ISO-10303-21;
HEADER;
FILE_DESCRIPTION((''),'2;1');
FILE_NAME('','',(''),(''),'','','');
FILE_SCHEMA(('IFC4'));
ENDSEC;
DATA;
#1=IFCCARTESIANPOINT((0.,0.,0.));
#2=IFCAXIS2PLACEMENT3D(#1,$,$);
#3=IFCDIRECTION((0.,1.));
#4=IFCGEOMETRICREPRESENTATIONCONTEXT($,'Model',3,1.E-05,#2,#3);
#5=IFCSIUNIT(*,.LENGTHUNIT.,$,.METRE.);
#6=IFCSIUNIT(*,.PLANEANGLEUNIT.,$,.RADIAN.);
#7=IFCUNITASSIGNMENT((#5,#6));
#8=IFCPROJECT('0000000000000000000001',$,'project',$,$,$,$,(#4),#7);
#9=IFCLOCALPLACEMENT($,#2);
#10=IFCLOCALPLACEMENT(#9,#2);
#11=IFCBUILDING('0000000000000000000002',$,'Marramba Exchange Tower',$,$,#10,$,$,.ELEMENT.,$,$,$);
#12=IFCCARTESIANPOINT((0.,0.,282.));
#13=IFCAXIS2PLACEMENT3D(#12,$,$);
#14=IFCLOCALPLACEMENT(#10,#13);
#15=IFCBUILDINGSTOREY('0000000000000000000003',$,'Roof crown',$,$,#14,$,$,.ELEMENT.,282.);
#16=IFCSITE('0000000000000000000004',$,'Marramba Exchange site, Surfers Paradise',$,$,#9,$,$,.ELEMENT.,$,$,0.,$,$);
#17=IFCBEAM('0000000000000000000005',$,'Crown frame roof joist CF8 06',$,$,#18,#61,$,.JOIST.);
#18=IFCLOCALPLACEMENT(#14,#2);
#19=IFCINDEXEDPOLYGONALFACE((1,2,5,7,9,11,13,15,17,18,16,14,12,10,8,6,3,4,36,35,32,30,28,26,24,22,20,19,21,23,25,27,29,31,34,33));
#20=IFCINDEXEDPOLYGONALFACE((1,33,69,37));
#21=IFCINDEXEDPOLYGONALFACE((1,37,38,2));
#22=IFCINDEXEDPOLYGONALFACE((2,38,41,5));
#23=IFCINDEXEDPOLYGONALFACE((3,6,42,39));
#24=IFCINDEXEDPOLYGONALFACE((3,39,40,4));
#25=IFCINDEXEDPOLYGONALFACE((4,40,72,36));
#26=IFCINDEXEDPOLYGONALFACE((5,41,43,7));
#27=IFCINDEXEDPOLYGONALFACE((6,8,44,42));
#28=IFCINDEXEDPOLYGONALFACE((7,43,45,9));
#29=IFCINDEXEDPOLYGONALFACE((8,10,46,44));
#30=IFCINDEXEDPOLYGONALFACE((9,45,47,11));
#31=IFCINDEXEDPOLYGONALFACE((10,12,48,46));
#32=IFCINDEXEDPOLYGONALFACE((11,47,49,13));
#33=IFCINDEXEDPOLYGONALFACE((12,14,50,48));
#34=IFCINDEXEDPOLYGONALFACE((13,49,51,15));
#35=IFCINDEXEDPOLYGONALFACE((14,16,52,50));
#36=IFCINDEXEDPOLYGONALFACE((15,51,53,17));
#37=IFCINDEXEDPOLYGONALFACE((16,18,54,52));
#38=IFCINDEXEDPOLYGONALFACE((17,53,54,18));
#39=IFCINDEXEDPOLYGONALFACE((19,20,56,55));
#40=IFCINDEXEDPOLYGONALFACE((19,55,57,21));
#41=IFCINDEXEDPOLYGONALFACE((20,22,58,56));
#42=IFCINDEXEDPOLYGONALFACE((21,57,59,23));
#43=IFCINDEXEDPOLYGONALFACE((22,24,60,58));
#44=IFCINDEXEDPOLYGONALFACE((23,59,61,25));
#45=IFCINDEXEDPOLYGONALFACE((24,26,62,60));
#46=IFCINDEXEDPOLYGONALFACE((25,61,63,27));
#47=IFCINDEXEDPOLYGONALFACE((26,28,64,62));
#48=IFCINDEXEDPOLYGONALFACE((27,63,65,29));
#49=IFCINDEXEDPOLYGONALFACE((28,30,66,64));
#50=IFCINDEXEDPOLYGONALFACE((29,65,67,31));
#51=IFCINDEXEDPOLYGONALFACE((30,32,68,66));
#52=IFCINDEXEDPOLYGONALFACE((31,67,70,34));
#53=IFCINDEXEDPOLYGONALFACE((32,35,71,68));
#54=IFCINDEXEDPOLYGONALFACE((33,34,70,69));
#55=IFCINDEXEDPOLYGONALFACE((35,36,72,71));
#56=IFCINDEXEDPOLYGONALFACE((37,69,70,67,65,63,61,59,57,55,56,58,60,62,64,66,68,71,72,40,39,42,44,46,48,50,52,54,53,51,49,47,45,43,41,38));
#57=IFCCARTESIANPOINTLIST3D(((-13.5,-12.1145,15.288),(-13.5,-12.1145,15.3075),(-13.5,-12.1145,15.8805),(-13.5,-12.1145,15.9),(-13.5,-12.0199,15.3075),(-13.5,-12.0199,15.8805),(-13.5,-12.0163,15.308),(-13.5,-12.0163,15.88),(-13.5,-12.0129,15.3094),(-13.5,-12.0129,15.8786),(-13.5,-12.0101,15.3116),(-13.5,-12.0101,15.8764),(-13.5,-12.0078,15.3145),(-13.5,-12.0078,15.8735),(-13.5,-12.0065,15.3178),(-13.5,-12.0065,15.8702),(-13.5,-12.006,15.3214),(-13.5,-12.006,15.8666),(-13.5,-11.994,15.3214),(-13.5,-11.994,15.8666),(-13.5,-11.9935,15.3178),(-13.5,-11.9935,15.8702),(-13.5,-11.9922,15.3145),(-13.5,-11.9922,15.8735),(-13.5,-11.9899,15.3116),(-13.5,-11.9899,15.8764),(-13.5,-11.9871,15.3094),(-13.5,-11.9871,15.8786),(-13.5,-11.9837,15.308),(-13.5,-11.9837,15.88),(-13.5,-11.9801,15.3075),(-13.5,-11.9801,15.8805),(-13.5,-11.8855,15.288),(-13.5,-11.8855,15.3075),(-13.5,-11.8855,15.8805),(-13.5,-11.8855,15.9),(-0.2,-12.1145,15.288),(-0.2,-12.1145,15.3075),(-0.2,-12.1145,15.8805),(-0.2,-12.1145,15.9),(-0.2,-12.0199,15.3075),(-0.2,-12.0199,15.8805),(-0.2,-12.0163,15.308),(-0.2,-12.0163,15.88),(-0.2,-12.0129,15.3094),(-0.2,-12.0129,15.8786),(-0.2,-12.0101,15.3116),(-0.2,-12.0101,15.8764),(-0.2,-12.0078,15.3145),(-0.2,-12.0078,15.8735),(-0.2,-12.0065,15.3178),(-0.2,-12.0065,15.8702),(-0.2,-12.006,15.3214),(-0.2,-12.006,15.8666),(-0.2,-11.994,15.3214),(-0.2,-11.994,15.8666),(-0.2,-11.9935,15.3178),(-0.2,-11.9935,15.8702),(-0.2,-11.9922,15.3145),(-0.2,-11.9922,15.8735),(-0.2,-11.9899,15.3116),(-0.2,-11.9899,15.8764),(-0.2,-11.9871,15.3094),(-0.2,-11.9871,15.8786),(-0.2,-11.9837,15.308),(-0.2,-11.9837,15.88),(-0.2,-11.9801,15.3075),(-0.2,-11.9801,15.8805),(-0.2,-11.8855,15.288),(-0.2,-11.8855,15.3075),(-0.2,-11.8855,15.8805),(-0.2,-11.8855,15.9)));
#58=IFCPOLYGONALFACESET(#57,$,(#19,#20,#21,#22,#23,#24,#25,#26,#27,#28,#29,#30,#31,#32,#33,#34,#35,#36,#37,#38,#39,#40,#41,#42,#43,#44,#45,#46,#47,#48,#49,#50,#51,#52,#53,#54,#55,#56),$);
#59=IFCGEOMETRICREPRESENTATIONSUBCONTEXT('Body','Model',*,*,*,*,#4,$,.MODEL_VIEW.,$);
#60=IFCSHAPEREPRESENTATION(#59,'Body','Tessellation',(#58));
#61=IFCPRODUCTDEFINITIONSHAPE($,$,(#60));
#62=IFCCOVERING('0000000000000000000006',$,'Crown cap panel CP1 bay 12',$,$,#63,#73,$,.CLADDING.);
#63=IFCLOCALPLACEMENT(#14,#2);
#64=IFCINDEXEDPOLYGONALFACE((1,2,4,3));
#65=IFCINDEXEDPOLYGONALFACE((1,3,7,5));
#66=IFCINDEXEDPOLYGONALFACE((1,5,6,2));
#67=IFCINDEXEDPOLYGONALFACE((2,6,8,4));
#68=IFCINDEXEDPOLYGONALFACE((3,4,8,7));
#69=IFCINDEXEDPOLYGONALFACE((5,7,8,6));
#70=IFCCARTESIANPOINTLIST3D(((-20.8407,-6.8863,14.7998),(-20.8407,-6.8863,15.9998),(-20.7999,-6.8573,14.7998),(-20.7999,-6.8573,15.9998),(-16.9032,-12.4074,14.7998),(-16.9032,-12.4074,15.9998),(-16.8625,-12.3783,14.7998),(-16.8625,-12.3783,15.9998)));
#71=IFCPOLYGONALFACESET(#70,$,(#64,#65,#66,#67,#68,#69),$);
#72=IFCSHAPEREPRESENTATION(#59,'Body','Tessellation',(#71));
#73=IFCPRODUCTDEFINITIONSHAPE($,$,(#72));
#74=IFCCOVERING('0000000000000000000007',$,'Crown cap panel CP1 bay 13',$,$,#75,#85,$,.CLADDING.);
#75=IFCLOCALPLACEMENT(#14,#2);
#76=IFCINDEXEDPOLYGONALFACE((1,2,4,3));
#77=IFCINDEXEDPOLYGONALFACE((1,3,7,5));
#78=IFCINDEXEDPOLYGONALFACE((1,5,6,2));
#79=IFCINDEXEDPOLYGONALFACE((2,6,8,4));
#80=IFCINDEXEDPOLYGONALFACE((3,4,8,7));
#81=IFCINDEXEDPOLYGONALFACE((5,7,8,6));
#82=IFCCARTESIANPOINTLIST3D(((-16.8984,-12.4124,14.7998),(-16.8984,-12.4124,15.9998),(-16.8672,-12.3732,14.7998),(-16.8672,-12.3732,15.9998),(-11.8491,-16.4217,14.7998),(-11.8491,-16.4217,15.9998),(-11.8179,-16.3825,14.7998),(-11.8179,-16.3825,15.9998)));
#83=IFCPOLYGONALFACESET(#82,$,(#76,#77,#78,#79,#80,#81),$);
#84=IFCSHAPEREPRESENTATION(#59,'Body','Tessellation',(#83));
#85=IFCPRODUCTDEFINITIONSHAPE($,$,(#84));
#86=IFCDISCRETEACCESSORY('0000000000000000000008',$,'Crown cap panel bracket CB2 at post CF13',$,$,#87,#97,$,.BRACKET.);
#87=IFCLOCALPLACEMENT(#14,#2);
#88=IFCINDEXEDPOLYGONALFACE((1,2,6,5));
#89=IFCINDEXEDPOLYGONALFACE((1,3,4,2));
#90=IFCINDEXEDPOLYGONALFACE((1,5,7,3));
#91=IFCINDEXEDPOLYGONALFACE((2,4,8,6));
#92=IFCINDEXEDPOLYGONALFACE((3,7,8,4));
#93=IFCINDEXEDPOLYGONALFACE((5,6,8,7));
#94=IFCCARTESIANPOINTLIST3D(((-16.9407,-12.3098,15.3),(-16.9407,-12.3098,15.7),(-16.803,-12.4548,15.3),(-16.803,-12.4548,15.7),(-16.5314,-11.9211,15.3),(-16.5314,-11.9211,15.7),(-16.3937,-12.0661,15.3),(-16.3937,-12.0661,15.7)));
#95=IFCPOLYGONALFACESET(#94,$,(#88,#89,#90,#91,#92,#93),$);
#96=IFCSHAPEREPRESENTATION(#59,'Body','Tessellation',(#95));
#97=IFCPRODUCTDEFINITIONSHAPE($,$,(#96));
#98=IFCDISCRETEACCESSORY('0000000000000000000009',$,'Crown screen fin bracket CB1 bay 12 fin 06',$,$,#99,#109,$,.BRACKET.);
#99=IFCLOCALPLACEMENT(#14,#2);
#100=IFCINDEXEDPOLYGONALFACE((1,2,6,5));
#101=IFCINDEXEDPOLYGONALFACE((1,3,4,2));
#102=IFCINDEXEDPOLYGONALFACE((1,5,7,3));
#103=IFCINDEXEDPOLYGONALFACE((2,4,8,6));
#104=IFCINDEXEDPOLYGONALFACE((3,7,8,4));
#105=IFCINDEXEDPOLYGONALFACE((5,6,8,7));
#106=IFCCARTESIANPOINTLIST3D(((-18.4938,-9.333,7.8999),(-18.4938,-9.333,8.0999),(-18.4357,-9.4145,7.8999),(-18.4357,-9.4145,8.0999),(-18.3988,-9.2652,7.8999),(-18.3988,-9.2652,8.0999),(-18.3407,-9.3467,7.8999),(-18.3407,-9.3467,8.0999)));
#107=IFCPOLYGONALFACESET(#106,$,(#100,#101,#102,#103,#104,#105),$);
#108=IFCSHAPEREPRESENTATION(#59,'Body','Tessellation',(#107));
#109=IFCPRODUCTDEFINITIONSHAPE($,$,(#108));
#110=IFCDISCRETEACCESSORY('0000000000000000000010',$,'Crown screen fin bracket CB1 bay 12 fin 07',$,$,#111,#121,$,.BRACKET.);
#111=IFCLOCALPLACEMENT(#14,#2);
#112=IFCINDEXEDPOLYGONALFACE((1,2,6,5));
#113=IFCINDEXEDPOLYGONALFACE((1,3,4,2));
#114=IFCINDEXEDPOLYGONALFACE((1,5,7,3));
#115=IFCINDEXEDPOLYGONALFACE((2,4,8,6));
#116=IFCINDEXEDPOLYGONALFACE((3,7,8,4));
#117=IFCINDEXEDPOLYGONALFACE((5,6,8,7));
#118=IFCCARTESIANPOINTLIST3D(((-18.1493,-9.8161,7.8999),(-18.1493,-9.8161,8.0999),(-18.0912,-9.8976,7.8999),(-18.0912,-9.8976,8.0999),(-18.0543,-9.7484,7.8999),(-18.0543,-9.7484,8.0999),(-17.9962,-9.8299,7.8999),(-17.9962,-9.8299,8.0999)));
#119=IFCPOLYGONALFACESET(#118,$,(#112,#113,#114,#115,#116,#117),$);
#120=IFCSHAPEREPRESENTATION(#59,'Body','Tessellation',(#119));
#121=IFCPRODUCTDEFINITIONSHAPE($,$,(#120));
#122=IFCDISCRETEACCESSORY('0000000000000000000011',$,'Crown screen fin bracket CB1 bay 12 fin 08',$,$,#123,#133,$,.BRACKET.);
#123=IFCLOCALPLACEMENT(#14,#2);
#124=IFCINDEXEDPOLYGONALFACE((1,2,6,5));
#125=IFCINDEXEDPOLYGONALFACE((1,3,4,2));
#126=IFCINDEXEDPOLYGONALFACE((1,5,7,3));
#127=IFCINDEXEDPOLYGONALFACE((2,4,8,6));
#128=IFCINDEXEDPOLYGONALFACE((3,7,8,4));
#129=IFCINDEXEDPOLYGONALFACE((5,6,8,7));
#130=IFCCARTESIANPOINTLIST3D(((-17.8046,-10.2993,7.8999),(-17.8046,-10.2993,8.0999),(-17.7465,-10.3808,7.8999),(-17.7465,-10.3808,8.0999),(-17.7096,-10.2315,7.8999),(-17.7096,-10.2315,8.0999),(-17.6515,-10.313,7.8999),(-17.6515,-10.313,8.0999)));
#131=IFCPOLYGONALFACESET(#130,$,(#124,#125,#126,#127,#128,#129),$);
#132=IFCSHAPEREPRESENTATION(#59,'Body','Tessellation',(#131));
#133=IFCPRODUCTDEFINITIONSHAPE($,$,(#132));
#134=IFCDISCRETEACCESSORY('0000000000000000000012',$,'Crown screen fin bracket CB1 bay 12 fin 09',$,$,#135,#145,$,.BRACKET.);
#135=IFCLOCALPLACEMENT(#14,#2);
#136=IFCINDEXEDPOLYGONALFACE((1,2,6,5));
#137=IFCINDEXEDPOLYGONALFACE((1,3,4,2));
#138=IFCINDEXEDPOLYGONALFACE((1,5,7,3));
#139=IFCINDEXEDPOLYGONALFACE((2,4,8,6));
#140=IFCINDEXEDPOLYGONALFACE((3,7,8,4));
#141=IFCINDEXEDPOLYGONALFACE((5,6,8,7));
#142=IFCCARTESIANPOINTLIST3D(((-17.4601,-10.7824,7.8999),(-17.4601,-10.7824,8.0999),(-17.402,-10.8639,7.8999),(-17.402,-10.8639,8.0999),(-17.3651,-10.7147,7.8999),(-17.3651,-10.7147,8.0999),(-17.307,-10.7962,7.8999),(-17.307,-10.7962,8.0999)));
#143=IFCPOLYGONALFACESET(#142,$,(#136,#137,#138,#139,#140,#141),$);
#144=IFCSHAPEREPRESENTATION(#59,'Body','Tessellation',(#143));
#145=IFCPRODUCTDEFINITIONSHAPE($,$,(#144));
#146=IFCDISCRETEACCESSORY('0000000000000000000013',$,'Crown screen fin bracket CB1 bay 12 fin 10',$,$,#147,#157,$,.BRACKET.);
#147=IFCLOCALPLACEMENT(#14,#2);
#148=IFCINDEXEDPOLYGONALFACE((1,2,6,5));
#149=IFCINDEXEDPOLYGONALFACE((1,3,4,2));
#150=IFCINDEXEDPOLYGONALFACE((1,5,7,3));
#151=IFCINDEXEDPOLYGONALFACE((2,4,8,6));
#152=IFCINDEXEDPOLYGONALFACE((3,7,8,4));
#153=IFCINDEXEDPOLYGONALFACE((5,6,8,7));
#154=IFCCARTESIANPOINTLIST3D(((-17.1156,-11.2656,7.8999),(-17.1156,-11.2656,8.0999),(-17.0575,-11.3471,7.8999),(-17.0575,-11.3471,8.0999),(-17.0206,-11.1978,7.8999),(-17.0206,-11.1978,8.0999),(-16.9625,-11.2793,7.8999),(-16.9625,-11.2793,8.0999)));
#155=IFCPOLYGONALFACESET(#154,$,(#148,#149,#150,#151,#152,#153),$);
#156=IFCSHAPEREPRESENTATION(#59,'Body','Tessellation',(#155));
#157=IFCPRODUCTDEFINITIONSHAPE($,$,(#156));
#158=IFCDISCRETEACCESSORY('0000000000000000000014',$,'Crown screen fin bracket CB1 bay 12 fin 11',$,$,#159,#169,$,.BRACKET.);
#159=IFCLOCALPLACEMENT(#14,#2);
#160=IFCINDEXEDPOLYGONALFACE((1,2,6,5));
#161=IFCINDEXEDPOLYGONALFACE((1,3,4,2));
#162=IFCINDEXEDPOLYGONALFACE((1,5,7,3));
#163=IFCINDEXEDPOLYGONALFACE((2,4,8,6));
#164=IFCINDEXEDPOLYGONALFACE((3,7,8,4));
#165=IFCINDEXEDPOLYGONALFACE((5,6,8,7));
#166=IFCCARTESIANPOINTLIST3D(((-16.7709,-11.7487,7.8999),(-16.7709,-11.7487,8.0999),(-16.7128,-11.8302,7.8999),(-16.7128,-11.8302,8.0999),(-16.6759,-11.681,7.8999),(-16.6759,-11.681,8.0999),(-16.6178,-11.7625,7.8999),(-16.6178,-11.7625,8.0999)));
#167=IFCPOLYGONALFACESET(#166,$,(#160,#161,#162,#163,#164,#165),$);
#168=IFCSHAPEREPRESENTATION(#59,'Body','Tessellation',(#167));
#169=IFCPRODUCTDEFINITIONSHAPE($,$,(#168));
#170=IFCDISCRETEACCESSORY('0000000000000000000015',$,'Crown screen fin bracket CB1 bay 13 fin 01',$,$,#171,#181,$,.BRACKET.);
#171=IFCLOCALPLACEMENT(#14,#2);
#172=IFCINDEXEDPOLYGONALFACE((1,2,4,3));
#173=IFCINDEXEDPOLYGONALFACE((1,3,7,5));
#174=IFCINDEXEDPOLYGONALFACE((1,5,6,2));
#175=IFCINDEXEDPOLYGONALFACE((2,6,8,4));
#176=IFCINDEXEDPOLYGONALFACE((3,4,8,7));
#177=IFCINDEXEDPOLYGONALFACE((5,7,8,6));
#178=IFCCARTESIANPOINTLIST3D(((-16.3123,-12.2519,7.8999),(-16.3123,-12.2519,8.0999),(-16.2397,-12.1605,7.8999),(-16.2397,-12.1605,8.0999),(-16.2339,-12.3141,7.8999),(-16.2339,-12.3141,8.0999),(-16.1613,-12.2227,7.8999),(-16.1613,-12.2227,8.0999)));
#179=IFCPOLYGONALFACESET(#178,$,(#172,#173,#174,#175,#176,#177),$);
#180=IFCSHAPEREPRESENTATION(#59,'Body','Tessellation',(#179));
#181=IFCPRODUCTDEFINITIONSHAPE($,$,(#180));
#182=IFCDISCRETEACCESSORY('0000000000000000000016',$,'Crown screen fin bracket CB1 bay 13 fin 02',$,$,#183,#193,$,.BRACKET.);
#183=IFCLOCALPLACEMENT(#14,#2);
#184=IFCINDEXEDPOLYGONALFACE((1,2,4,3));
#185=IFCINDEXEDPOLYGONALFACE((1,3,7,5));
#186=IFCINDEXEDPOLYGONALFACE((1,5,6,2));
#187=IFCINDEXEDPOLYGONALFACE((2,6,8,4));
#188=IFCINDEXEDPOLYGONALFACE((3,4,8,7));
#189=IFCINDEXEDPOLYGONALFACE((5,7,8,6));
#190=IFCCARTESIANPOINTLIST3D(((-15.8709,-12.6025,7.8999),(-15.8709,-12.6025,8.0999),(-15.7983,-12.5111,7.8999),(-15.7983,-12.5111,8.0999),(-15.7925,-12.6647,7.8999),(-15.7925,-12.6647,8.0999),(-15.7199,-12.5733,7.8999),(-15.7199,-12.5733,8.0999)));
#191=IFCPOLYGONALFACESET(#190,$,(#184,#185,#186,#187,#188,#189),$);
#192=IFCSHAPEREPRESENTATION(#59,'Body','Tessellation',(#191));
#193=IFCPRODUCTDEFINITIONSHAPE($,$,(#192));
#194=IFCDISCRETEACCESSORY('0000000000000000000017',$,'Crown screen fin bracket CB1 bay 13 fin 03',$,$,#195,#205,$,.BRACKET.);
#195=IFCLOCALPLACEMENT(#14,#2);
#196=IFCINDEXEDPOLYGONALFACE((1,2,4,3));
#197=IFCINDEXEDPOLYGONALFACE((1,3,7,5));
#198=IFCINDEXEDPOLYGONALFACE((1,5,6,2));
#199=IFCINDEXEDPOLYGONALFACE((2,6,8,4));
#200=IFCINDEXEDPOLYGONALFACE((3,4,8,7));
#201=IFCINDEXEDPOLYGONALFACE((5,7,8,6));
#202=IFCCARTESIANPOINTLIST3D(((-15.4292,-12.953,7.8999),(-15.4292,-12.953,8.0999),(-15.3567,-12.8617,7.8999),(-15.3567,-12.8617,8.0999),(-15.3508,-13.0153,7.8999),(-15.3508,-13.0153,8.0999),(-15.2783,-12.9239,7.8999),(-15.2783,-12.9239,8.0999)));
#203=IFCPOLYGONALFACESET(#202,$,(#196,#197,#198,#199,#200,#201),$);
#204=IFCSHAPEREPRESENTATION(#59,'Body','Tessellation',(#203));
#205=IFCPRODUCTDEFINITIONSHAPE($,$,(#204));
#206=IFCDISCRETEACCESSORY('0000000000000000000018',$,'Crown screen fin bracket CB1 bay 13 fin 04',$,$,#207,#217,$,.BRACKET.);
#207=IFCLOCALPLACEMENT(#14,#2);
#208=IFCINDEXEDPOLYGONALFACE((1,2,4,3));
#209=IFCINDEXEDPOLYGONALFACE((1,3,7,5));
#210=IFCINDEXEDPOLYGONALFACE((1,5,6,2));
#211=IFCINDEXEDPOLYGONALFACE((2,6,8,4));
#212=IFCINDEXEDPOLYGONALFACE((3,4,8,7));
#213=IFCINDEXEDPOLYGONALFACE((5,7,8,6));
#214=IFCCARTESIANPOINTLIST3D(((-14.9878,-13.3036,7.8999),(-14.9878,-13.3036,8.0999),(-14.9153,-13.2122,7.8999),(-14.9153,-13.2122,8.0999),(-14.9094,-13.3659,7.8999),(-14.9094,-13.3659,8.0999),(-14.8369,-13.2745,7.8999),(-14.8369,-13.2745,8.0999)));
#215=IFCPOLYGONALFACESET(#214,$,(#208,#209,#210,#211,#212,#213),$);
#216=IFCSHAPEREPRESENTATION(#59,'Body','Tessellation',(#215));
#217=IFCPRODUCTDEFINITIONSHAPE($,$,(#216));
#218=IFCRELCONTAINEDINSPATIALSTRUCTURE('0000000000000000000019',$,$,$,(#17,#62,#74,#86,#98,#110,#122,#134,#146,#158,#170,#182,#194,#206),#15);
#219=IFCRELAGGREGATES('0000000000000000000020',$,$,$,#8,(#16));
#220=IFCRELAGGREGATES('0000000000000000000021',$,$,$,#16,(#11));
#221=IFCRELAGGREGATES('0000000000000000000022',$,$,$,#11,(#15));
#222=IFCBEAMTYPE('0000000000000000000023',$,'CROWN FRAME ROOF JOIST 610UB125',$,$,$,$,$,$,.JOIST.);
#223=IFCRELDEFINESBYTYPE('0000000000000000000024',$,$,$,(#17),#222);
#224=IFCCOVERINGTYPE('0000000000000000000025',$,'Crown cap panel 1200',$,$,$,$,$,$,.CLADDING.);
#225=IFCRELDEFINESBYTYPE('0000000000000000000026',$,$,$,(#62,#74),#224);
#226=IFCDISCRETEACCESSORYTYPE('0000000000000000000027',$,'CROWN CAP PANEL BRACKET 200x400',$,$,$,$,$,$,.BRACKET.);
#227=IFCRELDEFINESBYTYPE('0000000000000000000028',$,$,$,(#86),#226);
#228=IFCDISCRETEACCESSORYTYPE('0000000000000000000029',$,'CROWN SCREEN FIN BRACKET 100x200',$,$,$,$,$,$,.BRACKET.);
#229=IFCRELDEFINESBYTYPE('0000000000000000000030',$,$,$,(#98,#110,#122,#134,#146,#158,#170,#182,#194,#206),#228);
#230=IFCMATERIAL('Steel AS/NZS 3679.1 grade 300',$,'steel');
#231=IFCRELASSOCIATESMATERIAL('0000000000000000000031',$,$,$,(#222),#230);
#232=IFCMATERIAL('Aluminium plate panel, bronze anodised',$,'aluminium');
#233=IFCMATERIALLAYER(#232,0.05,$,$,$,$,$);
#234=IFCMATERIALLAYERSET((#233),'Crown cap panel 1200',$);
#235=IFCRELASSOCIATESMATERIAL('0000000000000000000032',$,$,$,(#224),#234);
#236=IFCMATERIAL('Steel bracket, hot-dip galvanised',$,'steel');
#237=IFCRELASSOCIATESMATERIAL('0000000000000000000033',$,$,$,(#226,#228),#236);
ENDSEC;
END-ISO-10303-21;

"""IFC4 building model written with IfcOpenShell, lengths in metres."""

from ifc_helpers import new_model, si_unit, direction, frame, origin, origin_2d, place, context, subcontext, project, spatial, rectangle, i_section, extrude, material, layer, layer_set, material_profile, profile_set, type_object, element, save


model = new_model("IFC4")

# Units and contexts
model_context = context("Model", 3, precision=1e-05, world=origin(), true_north=direction((0.0, 1.0)))
body_context = subcontext(model_context, "Body", "Model", "MODEL_VIEW")
ifc_project = project(units=[si_unit("LENGTHUNIT", "METRE"), si_unit("PLANEANGLEUNIT", "RADIAN")], contexts=[model_context])

# Site, building, storey
site_placement = place(None, origin())
site = spatial("IfcSite", under=ifc_project, at=site_placement, Name="Marramba Exchange site, Surfers Paradise", CompositionType="ELEMENT", RefElevation=0.0)
building_placement = place(site_placement, origin())
building = spatial("IfcBuilding", under=site, at=building_placement, Name="Marramba Exchange Tower", CompositionType="ELEMENT")
storey_placement = place(building_placement, frame((0.0, 0.0, 282.0)))
storey = spatial("IfcBuildingStorey", under=building, at=storey_placement, Name="Roof crown", CompositionType="ELEMENT", Elevation=282.0)

# Beam
ifc_material_1 = material(Name="Steel AS/NZS 3679.1 grade 300", Category="steel")
ifc_material_profile_1 = material_profile(ifc_material_1, i_section(OverallWidth=0.229, OverallDepth=0.6121, WebThickness=0.012, FlangeThickness=0.0195, FilletRadius=0.0139, at=origin_2d()), Name="610UB125")
ifc_profile_set_1 = profile_set([ifc_material_profile_1], Name="Steel AS/NZS 3679.1 grade 300")
beam_type_1 = type_object("IfcBeamType", Name="CROWN FRAME ROOF JOIST 610UB125", PredefinedType="JOIST", material=ifc_profile_set_1)
beam_1_placement = place(storey_placement, frame((-13.5, -12.0, 15.594), z_axis=(1.0, 0.0, 0.0), x_axis=(0.0, 1.0, 0.0)))
element("IfcBeam", 1, at=beam_1_placement, inside=storey, type_object=beam_type_1, Name="Crown frame roof joist CF8 06", PredefinedType="JOIST", context=body_context, shape_type="SweptSolid", body=[
    extrude(i_section(OverallWidth=0.229, OverallDepth=0.6121, WebThickness=0.012, FlangeThickness=0.0195, FilletRadius=0.0139, at=origin_2d()), origin(), (0.0, 0.0, 1.0), 13.3),
])

# Coverings
ifc_material_2 = material(Name="Aluminium plate panel, bronze anodised", Category="aluminium")
ifc_layer = layer(ifc_material_2, 0.05)
ifc_layer_set = layer_set([ifc_layer], Name="Crown cap panel 1200")
covering_type = type_object("IfcCoveringType", Name="Crown cap panel 1200", PredefinedType="CLADDING", material=ifc_layer_set)
covering_1_placement = place(storey_placement, frame((-18.8516, -9.6323, 14.7998), z_axis=(0.0, 0.0, 1.0), x_axis=(0.58064, -0.81416, 0.0)))
element("IfcCovering", 2, at=covering_1_placement, inside=storey, type_object=covering_type, Name="Crown cap panel CP1 bay 12", PredefinedType="CLADDING", context=body_context, shape_type="SweptSolid", body=[
    extrude(rectangle(XDim=6.7812, YDim=0.05, at=origin_2d()), origin(), (0.0, 0.0, 1.0), 1.2),
])
covering_2_placement = place(storey_placement, frame((-14.3582, -14.3975, 14.7998), z_axis=(0.0, 0.0, 1.0), x_axis=(0.78314, -0.621845, 0.0)))
element("IfcCovering", 3, at=covering_2_placement, inside=storey, type_object=covering_type, Name="Crown cap panel CP1 bay 13", PredefinedType="CLADDING", context=body_context, shape_type="SweptSolid", body=[
    extrude(rectangle(XDim=6.4475, YDim=0.05, at=origin_2d()), origin(), (0.0, 0.0, 1.0), 1.2),
])

# Discrete accessories
ifc_material_3 = material(Name="Steel bracket, hot-dip galvanised", Category="steel")
discrete_accessory_type_1 = type_object("IfcDiscreteAccessoryType", Name="CROWN CAP PANEL BRACKET 200x400", PredefinedType="BRACKET", material=ifc_material_3)
discrete_accessory_placement = place(storey_placement, frame((-16.6672, -12.188, 15.3), z_axis=(0.0, 0.0, 1.0), x_axis=(-0.725106, -0.688637, 0.0)))
element("IfcDiscreteAccessory", 4, at=discrete_accessory_placement, inside=storey, type_object=discrete_accessory_type_1, Name="Crown cap panel bracket CB2 at post CF13", PredefinedType="BRACKET", context=body_context, shape_type="SweptSolid", body=[
    extrude(rectangle(XDim=0.5645, YDim=0.2, at=origin_2d()), origin(), (0.0, 0.0, 1.0), 0.3999),
])
discrete_accessory_type_2 = type_object("IfcDiscreteAccessoryType", Name="CROWN SCREEN FIN BRACKET 100x200", PredefinedType="BRACKET", material=ifc_material_3)
for number, where, z_axis, x_axis, name in (
    (5, (-18.4172, -9.3398, 7.8999), (0.0, 0.0, 1.0), (0.58064, -0.81416, 0.0), "Crown screen fin bracket CB1 bay 12 fin 06"),
    (6, (-18.0728, -9.823, 7.8999), (0.0, 0.0, 1.0), (0.58064, -0.81416, 0.0), "Crown screen fin bracket CB1 bay 12 fin 07"),
    (7, (-17.728, -10.3062, 7.8999), (0.0, 0.0, 1.0), (0.58064, -0.81416, 0.0), "Crown screen fin bracket CB1 bay 12 fin 08"),
    (8, (-17.3835, -10.7893, 7.8999), (0.0, 0.0, 1.0), (0.58064, -0.81416, 0.0), "Crown screen fin bracket CB1 bay 12 fin 09"),
    (9, (-17.0391, -11.2725, 7.8999), (0.0, 0.0, 1.0), (0.58064, -0.81416, 0.0), "Crown screen fin bracket CB1 bay 12 fin 10"),
    (10, (-16.6943, -11.7556, 7.8999), (0.0, 0.0, 1.0), (0.58064, -0.81416, 0.0), "Crown screen fin bracket CB1 bay 12 fin 11"),
    (11, (-16.2368, -12.2373, 7.8999), (0.0, 0.0, 1.0), (0.78314, -0.621845, 0.0), "Crown screen fin bracket CB1 bay 13 fin 01"),
    (12, (-15.7954, -12.5879, 7.8999), (0.0, 0.0, 1.0), (0.78314, -0.621845, 0.0), "Crown screen fin bracket CB1 bay 13 fin 02"),
    (13, (-15.3538, -12.9385, 7.8999), (0.0, 0.0, 1.0), (0.78314, -0.621845, 0.0), "Crown screen fin bracket CB1 bay 13 fin 03"),
    (14, (-14.9124, -13.2891, 7.8999), (0.0, 0.0, 1.0), (0.78314, -0.621845, 0.0), "Crown screen fin bracket CB1 bay 13 fin 04"),
):
    element("IfcDiscreteAccessory", number, at=place(storey_placement, frame(where, z_axis=z_axis, x_axis=x_axis)), inside=storey, type_object=discrete_accessory_type_2, Name=name, PredefinedType="BRACKET", context=body_context, shape_type="SweptSolid", body=[
        extrude(rectangle(XDim=0.1001, YDim=0.1167, at=origin_2d()), origin(), (0.0, 0.0, 1.0), 0.2),
    ])

save(model, "model.ifc")
